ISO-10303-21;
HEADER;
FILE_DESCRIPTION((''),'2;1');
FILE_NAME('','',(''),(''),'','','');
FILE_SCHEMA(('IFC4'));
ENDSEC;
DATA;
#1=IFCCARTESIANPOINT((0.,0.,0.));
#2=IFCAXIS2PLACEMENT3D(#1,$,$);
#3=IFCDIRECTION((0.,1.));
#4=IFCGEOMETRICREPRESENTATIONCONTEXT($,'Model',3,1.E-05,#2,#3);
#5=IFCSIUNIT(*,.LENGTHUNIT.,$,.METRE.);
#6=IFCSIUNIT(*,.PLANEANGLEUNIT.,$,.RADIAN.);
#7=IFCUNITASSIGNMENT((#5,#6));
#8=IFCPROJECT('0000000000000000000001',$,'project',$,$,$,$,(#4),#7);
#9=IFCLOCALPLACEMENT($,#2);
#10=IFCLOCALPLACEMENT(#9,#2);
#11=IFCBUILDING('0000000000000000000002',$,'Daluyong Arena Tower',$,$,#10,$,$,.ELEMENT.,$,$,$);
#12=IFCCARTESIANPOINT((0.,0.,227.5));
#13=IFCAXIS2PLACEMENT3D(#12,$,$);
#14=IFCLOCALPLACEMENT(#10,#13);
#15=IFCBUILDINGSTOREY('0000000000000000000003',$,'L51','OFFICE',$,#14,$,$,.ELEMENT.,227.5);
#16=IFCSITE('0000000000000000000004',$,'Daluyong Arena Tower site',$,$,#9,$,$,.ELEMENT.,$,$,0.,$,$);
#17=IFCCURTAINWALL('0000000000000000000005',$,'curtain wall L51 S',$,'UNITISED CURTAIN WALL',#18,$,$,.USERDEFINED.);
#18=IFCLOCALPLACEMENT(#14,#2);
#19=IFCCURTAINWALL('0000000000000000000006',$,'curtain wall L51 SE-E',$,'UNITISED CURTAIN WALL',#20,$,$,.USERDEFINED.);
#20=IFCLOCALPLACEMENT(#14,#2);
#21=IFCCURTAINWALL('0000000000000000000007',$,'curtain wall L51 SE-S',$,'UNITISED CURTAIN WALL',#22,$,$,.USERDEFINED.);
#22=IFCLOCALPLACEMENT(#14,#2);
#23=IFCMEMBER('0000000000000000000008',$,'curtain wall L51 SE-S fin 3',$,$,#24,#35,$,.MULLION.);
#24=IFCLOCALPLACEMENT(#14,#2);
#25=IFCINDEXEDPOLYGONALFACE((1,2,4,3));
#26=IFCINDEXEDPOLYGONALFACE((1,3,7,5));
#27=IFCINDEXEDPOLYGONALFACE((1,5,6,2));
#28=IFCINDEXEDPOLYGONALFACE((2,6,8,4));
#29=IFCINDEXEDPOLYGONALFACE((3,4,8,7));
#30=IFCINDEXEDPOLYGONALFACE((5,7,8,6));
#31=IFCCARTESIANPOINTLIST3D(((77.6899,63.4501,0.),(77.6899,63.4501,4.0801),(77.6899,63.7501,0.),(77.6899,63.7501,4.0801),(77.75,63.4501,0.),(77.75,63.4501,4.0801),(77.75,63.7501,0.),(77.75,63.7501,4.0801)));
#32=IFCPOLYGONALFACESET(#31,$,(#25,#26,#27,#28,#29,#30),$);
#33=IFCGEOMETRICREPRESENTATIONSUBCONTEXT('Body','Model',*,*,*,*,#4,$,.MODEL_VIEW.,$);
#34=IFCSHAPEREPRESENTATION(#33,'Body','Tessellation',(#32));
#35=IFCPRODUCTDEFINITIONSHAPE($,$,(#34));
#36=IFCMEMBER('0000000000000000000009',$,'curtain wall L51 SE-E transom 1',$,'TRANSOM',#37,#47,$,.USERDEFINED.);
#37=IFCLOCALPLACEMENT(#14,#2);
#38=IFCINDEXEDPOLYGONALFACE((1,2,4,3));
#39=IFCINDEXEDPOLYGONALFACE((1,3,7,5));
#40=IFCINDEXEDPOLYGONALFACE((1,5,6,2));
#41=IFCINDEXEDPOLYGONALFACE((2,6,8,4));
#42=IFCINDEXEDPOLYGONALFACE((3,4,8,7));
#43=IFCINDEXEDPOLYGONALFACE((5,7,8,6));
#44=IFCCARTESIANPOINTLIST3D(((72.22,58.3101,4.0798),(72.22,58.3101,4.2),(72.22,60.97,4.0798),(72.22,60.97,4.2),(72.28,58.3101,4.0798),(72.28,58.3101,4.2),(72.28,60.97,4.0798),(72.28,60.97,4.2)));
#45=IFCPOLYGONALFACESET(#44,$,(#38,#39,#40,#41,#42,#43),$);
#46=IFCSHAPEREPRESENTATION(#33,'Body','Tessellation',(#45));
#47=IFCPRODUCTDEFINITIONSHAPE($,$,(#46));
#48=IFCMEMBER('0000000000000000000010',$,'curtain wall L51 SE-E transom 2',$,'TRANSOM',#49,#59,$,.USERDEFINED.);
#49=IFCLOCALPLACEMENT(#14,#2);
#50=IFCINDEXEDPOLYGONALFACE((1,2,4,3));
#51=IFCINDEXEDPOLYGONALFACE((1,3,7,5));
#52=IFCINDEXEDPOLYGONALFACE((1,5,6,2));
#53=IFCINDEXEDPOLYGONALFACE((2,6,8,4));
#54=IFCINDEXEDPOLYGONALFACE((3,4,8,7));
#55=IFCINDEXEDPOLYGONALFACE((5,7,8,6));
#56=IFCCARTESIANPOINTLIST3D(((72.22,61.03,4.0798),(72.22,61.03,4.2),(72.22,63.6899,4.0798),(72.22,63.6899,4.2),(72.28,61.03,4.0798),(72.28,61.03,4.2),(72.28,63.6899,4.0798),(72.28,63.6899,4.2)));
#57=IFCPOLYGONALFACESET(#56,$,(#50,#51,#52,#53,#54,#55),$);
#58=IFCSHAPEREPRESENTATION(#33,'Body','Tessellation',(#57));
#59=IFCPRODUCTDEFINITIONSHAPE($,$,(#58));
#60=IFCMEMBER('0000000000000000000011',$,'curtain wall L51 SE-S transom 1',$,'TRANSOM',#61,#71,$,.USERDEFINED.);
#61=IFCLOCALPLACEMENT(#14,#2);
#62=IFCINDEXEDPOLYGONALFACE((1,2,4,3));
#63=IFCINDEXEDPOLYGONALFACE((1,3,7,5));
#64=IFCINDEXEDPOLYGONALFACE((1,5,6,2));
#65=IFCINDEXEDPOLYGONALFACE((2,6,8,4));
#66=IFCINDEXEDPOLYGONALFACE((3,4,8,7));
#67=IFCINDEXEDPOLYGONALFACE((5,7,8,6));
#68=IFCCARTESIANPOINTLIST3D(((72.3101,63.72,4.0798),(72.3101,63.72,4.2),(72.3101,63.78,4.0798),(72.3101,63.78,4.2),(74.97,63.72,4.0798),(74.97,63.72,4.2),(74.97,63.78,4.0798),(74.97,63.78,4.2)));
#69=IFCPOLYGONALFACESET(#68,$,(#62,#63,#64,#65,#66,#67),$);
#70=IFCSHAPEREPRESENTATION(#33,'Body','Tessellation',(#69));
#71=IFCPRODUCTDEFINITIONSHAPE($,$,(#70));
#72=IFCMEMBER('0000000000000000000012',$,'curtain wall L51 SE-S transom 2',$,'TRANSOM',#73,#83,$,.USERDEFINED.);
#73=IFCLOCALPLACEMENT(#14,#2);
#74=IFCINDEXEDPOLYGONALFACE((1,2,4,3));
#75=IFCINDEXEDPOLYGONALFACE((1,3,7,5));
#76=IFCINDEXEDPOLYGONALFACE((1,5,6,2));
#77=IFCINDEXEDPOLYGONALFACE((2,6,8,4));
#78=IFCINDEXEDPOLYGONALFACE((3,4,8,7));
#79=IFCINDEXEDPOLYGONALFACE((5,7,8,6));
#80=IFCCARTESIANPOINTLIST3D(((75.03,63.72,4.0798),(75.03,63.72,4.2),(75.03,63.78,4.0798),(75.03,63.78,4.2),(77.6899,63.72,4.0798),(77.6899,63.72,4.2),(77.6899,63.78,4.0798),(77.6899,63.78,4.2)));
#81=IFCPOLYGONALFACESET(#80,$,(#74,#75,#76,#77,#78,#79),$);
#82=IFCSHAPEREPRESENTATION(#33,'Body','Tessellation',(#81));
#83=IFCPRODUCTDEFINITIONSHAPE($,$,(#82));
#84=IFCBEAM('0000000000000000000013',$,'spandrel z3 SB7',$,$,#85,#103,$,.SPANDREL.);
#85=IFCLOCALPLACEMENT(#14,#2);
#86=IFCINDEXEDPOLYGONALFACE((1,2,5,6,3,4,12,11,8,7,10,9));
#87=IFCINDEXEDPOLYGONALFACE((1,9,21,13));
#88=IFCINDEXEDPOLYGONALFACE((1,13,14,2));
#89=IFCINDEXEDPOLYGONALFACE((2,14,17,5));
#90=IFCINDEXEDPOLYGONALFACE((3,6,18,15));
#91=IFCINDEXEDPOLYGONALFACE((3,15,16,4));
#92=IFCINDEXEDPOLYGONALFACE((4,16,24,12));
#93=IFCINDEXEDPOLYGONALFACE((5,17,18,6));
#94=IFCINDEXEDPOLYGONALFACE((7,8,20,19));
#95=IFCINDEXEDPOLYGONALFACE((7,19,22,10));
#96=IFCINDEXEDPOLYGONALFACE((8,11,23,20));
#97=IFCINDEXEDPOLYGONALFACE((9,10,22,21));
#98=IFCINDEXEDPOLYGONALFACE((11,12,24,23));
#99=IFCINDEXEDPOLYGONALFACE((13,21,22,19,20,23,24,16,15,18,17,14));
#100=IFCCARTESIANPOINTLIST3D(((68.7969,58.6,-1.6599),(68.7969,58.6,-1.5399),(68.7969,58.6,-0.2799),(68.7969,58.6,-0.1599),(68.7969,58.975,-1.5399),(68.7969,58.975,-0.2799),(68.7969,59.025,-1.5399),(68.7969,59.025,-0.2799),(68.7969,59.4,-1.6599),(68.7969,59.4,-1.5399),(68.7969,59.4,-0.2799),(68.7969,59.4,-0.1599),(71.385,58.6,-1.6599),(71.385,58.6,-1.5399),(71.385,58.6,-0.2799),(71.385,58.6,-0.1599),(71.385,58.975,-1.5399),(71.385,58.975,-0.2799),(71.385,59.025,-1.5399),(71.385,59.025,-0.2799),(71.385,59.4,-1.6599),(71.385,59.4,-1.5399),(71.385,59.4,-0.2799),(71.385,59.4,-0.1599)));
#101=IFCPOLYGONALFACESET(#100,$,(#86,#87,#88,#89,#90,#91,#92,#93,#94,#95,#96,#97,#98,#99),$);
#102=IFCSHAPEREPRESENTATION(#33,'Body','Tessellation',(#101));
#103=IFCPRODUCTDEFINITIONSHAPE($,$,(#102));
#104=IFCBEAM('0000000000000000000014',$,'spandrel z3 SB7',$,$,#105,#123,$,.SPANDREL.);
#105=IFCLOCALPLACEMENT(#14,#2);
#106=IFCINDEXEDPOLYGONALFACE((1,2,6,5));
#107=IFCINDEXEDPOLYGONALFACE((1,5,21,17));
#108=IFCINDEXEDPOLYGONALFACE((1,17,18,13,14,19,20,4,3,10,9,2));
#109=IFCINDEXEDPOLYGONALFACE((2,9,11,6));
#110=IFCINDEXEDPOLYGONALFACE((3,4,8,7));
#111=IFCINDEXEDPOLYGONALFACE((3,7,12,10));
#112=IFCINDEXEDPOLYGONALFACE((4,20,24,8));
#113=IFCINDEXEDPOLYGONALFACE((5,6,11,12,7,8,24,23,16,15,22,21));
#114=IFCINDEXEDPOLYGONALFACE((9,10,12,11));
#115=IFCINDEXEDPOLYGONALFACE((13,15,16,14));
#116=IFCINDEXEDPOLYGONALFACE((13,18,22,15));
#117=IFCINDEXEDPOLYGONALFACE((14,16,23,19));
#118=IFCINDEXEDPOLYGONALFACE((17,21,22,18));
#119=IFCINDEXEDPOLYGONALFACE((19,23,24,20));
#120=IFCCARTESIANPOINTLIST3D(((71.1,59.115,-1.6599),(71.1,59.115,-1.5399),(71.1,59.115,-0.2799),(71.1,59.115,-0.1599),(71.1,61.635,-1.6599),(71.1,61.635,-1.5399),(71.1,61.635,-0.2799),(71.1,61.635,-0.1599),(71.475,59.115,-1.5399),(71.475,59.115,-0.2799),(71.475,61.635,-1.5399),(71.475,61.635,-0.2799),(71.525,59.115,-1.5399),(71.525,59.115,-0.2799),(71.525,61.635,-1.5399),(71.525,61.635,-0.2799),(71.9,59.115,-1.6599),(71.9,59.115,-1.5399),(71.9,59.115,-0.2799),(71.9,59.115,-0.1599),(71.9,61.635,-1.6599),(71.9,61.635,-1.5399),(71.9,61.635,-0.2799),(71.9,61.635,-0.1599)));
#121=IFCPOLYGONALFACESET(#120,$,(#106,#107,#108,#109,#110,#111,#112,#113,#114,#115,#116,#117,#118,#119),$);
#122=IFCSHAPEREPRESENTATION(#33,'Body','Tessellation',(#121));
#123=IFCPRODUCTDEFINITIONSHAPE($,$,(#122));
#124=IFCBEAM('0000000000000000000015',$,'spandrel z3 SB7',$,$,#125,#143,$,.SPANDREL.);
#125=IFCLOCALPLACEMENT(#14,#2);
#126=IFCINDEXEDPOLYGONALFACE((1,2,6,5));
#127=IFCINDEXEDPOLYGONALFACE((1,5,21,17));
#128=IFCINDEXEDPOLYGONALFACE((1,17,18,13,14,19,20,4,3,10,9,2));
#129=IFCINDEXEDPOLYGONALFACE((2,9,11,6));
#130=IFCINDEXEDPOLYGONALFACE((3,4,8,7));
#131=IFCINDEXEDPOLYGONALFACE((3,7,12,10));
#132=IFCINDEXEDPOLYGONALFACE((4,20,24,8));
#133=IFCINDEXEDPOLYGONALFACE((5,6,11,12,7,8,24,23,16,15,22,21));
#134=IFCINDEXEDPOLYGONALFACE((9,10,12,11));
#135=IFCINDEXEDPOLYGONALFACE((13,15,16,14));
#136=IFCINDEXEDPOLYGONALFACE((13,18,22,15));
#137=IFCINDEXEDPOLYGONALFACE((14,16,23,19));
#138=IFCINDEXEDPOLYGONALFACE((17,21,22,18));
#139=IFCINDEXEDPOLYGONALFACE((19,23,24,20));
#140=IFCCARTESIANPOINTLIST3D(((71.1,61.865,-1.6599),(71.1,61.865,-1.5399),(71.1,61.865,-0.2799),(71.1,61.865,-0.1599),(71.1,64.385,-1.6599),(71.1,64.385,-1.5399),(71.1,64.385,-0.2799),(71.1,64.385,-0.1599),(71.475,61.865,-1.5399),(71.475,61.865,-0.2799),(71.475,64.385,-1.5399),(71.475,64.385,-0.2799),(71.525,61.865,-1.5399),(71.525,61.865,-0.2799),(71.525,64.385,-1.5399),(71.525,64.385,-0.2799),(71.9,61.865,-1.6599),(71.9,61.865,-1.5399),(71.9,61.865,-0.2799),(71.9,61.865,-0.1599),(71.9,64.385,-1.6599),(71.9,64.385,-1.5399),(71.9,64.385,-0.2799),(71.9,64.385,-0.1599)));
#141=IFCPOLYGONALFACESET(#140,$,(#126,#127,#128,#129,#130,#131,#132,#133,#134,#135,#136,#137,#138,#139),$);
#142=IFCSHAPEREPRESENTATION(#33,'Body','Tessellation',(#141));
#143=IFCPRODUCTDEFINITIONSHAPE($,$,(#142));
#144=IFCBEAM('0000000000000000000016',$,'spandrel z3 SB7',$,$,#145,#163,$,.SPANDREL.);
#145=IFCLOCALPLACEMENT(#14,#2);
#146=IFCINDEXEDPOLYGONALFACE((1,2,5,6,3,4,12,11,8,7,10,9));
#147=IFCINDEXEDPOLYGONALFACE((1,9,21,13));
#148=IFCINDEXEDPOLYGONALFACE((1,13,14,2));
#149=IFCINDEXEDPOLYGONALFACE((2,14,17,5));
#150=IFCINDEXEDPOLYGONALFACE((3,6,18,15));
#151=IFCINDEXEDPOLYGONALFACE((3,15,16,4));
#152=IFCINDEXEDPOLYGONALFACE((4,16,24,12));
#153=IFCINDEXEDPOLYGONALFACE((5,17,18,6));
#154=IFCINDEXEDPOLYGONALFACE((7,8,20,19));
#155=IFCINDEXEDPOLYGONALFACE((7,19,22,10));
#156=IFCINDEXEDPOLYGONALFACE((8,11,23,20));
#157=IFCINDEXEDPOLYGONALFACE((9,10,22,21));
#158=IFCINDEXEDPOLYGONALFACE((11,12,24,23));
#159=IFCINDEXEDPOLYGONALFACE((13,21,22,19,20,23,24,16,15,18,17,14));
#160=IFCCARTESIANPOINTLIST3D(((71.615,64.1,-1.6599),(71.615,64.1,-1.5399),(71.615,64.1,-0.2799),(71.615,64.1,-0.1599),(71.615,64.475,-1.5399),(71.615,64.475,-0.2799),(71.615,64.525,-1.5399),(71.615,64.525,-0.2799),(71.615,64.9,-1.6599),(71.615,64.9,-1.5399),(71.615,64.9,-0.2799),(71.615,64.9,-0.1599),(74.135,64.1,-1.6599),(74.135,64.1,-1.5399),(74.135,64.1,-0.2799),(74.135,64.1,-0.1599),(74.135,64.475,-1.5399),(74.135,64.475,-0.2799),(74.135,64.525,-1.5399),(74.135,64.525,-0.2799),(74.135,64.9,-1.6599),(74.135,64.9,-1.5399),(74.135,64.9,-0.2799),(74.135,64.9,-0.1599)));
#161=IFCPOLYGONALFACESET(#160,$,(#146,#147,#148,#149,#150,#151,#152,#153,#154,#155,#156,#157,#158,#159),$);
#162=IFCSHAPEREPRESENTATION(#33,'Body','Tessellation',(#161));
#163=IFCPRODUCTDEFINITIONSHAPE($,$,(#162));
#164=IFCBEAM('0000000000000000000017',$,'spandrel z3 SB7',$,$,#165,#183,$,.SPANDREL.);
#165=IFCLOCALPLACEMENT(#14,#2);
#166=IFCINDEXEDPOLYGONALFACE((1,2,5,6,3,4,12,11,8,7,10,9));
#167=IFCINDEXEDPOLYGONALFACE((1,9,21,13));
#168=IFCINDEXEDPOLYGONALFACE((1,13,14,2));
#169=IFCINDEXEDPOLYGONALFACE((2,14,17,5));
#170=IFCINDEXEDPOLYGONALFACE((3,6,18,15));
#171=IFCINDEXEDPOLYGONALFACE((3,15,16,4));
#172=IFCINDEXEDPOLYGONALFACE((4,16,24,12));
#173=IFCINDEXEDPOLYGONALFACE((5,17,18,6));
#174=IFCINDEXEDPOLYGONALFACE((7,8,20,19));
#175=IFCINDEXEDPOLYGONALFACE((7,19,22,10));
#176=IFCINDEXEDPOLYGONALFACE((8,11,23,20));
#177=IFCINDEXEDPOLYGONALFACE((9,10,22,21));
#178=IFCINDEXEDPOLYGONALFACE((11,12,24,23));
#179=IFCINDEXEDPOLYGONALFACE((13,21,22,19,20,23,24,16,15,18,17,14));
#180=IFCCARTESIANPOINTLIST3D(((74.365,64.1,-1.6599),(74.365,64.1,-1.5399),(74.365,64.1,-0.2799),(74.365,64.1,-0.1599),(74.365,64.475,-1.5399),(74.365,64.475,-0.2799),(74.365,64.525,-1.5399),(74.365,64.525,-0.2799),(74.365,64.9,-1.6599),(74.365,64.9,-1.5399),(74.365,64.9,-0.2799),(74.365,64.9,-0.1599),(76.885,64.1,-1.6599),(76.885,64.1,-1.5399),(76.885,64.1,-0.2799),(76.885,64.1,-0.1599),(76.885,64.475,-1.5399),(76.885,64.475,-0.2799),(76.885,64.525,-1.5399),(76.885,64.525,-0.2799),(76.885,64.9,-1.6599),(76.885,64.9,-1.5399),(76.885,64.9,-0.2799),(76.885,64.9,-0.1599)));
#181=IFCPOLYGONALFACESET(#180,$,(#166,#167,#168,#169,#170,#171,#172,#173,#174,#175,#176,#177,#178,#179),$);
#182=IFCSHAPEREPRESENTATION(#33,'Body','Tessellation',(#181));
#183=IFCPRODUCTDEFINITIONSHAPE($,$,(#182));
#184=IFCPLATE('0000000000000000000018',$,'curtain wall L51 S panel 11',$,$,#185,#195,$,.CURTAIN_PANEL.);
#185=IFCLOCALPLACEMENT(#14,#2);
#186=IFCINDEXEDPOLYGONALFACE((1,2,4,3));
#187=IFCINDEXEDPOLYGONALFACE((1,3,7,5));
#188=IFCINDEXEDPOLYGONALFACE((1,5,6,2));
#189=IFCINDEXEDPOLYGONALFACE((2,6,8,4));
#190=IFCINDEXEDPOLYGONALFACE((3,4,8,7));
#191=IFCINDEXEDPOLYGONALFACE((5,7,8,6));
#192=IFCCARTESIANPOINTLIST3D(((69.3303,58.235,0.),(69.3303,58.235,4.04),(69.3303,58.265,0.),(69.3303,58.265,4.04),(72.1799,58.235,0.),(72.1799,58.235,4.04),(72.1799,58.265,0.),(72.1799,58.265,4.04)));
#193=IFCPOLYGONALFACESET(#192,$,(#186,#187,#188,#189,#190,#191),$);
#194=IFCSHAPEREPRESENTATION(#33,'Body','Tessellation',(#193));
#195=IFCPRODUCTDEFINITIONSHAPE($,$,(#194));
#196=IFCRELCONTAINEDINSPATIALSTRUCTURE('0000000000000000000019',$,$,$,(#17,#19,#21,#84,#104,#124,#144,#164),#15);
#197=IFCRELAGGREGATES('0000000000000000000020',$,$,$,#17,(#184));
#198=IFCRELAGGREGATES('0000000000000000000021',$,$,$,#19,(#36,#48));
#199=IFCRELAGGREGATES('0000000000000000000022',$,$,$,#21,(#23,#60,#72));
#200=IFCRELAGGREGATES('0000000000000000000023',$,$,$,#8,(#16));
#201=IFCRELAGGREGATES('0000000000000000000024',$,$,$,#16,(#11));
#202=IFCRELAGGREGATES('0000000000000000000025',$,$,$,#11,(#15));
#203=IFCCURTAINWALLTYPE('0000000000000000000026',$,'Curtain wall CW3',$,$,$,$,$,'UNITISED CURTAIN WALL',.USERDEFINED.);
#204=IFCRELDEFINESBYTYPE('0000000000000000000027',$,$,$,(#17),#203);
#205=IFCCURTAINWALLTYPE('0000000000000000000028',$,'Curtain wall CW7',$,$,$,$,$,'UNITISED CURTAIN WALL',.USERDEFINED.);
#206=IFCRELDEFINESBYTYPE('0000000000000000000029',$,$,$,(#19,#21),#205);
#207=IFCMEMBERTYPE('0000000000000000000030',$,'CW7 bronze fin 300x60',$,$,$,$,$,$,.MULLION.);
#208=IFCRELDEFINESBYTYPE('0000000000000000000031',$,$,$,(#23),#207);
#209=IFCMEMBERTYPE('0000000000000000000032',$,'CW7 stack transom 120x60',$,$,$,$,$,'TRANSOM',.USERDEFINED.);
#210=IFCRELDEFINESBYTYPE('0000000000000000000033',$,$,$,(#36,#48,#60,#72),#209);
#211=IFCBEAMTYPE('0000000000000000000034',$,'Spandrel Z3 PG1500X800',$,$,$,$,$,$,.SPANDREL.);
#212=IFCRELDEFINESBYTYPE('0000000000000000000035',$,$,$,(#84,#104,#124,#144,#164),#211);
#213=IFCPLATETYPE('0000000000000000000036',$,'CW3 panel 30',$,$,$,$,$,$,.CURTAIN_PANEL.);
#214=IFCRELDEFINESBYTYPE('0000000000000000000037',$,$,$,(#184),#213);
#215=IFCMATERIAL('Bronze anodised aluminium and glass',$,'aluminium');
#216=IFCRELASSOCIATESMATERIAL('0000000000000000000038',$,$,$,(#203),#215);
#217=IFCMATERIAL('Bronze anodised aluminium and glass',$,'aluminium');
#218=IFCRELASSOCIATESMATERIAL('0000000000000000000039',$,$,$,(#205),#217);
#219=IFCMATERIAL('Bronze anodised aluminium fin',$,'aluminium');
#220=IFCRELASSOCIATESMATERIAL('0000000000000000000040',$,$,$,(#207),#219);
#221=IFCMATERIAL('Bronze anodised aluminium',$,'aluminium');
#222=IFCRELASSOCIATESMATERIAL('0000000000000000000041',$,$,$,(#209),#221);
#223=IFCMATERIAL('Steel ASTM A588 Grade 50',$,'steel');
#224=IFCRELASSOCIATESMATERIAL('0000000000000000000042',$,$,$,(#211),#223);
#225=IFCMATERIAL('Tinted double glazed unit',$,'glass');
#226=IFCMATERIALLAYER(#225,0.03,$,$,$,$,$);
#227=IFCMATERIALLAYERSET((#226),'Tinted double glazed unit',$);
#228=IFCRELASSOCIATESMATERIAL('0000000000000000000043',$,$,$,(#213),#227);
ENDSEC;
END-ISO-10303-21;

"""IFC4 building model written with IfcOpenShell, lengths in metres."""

from ifc_helpers import new_model, si_unit, direction, frame, origin, origin_2d, place, context, subcontext, project, spatial, rectangle, i_section, extrude, material, layer, layer_set, material_profile, profile_set, type_object, element, aggregate, save


model = new_model("IFC4")

# Units and contexts
model_context = context("Model", 3, precision=1e-05, world=origin(), true_north=direction((0.0, 1.0)))
body_context = subcontext(model_context, "Body", "Model", "MODEL_VIEW")
ifc_project = project(units=[si_unit("LENGTHUNIT", "METRE"), si_unit("PLANEANGLEUNIT", "RADIAN")], contexts=[model_context])

# Site, building, storey
site_placement = place(None, origin())
site = spatial("IfcSite", under=ifc_project, at=site_placement, Name="Daluyong Arena Tower site", CompositionType="ELEMENT", RefElevation=0.0)
building_placement = place(site_placement, origin())
building = spatial("IfcBuilding", under=site, at=building_placement, Name="Daluyong Arena Tower", CompositionType="ELEMENT")
storey_placement = place(building_placement, frame((0.0, 0.0, 227.5)))
storey = spatial("IfcBuildingStorey", under=building, at=storey_placement, Name="L51", Description="OFFICE", CompositionType="ELEMENT", Elevation=227.5)

# Curtain wall
ifc_material_1 = material(Name="Bronze anodised aluminium and glass", Category="aluminium")
curtain_wall_type_1 = type_object("IfcCurtainWallType", Name="Curtain wall CW3", ElementType="UNITISED CURTAIN WALL", PredefinedType="USERDEFINED", material=ifc_material_1)
curtain_wall_1_placement = place(storey_placement, origin())
curtain_wall_1 = element("IfcCurtainWall", 1, at=curtain_wall_1_placement, inside=storey, type_object=curtain_wall_type_1, Name="curtain wall L51 S", ObjectType="UNITISED CURTAIN WALL", PredefinedType="USERDEFINED")

# Curtain walls, member
ifc_material_2 = material(Name="Bronze anodised aluminium and glass", Category="aluminium")
curtain_wall_type_2 = type_object("IfcCurtainWallType", Name="Curtain wall CW7", ElementType="UNITISED CURTAIN WALL", PredefinedType="USERDEFINED", material=ifc_material_2)
curtain_wall_2_placement = place(storey_placement, origin())
curtain_wall_2 = element("IfcCurtainWall", 2, at=curtain_wall_2_placement, inside=storey, type_object=curtain_wall_type_2, Name="curtain wall L51 SE-E", ObjectType="UNITISED CURTAIN WALL", PredefinedType="USERDEFINED")
ifc_material_3 = material(Name="Bronze anodised aluminium fin", Category="aluminium")
ifc_material_profile_1 = material_profile(ifc_material_3, rectangle(XDim=0.3, YDim=0.0601, at=origin_2d()))
ifc_profile_set_1 = profile_set([ifc_material_profile_1], Name="Bronze anodised aluminium fin")
member_type_1 = type_object("IfcMemberType", Name="CW7 bronze fin 300x60", PredefinedType="MULLION", material=ifc_profile_set_1)
curtain_wall_3_placement = place(storey_placement, origin())
curtain_wall_3 = element("IfcCurtainWall", 3, at=curtain_wall_3_placement, inside=storey, type_object=curtain_wall_type_2, Name="curtain wall L51 SE-S", ObjectType="UNITISED CURTAIN WALL", PredefinedType="USERDEFINED")
member_1_placement = place(storey_placement, frame((77.72, 63.6001, 0.0), z_axis=(0.0, 0.0, 1.0), x_axis=(0.0, 1.0, 0.0)))
member_1 = element("IfcMember", 4, at=member_1_placement, type_object=member_type_1, Name="curtain wall L51 SE-S fin 3", PredefinedType="MULLION", context=body_context, shape_type="SweptSolid", body=[
    extrude(rectangle(XDim=0.3, YDim=0.0601, at=origin_2d()), origin(), (0.0, 0.0, 1.0), 4.0801),
])

# Members
ifc_material_4 = material(Name="Bronze anodised aluminium", Category="aluminium")
ifc_material_profile_2 = material_profile(ifc_material_4, rectangle(XDim=0.0601, YDim=0.1201, at=origin_2d()))
ifc_profile_set_2 = profile_set([ifc_material_profile_2], Name="Bronze anodised aluminium")
member_type_2 = type_object("IfcMemberType", Name="CW7 stack transom 120x60", ElementType="TRANSOM", PredefinedType="USERDEFINED", material=ifc_profile_set_2)
member_2_placement = place(storey_placement, frame((72.25, 58.3101, 4.1399), z_axis=(0.0, 1.0, 0.0), x_axis=(-1.0, 0.0, 0.0)))
member_2 = element("IfcMember", 5, at=member_2_placement, type_object=member_type_2, Name="curtain wall L51 SE-E transom 1", ObjectType="TRANSOM", PredefinedType="USERDEFINED", context=body_context, shape_type="SweptSolid", body=[
    extrude(rectangle(XDim=0.0601, YDim=0.1201, at=origin_2d()), origin(), (0.0, 0.0, 1.0), 2.6599),
])
member_3_placement = place(storey_placement, frame((72.25, 61.03, 4.1399), z_axis=(0.0, 1.0, 0.0), x_axis=(-1.0, 0.0, 0.0)))
member_3 = element("IfcMember", 6, at=member_3_placement, type_object=member_type_2, Name="curtain wall L51 SE-E transom 2", ObjectType="TRANSOM", PredefinedType="USERDEFINED", context=body_context, shape_type="SweptSolid", body=[
    extrude(rectangle(XDim=0.0601, YDim=0.1201, at=origin_2d()), origin(), (0.0, 0.0, 1.0), 2.6599),
])
member_4_placement = place(storey_placement, frame((72.3101, 63.75, 4.1399), z_axis=(1.0, 0.0, 0.0), x_axis=(0.0, 1.0, 0.0)))
member_4 = element("IfcMember", 7, at=member_4_placement, type_object=member_type_2, Name="curtain wall L51 SE-S transom 1", ObjectType="TRANSOM", PredefinedType="USERDEFINED", context=body_context, shape_type="SweptSolid", body=[
    extrude(rectangle(XDim=0.0601, YDim=0.1201, at=origin_2d()), origin(), (0.0, 0.0, 1.0), 2.6599),
])
member_5_placement = place(storey_placement, frame((75.03, 63.75, 4.1399), z_axis=(1.0, 0.0, 0.0), x_axis=(0.0, 1.0, 0.0)))
member_5 = element("IfcMember", 8, at=member_5_placement, type_object=member_type_2, Name="curtain wall L51 SE-S transom 2", ObjectType="TRANSOM", PredefinedType="USERDEFINED", context=body_context, shape_type="SweptSolid", body=[
    extrude(rectangle(XDim=0.0601, YDim=0.1201, at=origin_2d()), origin(), (0.0, 0.0, 1.0), 2.6599),
])

# Beams
ifc_material_5 = material(Name="Steel ASTM A588 Grade 50", Category="steel")
ifc_material_profile_3 = material_profile(ifc_material_5, i_section(OverallWidth=0.8, OverallDepth=1.5, WebThickness=0.05, FlangeThickness=0.12, at=origin_2d()))
ifc_profile_set_3 = profile_set([ifc_material_profile_3], Name="Steel ASTM A588 Grade 50")
beam_type = type_object("IfcBeamType", Name="Spandrel Z3 PG1500X800", PredefinedType="SPANDREL", material=ifc_profile_set_3)
beam_placement = place(storey_placement, frame((68.7969, 59.0, -0.9099), z_axis=(1.0, 0.0, 0.0), x_axis=(0.0, 1.0, 0.0)))
element("IfcBeam", 9, at=beam_placement, inside=storey, type_object=beam_type, Name="spandrel z3 SB7", PredefinedType="SPANDREL", context=body_context, shape_type="SweptSolid", body=[
    extrude(i_section(OverallWidth=0.8, OverallDepth=1.5, WebThickness=0.05, FlangeThickness=0.12, at=origin_2d()), origin(), (0.0, 0.0, 1.0), 2.5881),
])
for number, where, z_axis, x_axis, name in (
    (10, (71.5, 59.115, -0.9099), (0.0, 1.0, 0.0), (-1.0, 0.0, 0.0), "spandrel z3 SB7"),
    (11, (71.5, 61.865, -0.9099), (0.0, 1.0, 0.0), (-1.0, 0.0, 0.0), "spandrel z3 SB7"),
    (12, (71.615, 64.5, -0.9099), (1.0, 0.0, 0.0), (0.0, 1.0, 0.0), "spandrel z3 SB7"),
    (13, (74.365, 64.5, -0.9099), (1.0, 0.0, 0.0), (0.0, 1.0, 0.0), "spandrel z3 SB7"),
):
    element("IfcBeam", number, at=place(storey_placement, frame(where, z_axis=z_axis, x_axis=x_axis)), inside=storey, type_object=beam_type, Name=name, PredefinedType="SPANDREL", context=body_context, shape_type="SweptSolid", body=[
        extrude(i_section(OverallWidth=0.8, OverallDepth=1.5, WebThickness=0.05, FlangeThickness=0.12, at=origin_2d()), origin(), (0.0, 0.0, 1.0), 2.52),
    ])

# Plate
ifc_material_6 = material(Name="Tinted double glazed unit", Category="glass")
ifc_layer_1 = layer(ifc_material_6, 0.03)
ifc_layer_set_1 = layer_set([ifc_layer_1], Name="Tinted double glazed unit")
plate_type_1 = type_object("IfcPlateType", Name="CW3 panel 30", PredefinedType="CURTAIN_PANEL", material=ifc_layer_set_1)
plate_1_placement = place(storey_placement, frame((70.7551, 58.25, 0.0), z_axis=(0.0, 0.0, 1.0), x_axis=(1.0, 0.0, 0.0)))
plate_1 = element("IfcPlate", 14, at=plate_1_placement, type_object=plate_type_1, Name="curtain wall L51 S panel 11", PredefinedType="CURTAIN_PANEL", context=body_context, shape_type="SweptSolid", body=[
    extrude(rectangle(XDim=2.8496, YDim=0.03, at=origin_2d()), origin(), (0.0, 0.0, 1.0), 4.04),
])
aggregate(curtain_wall_1, [plate_1])
aggregate(curtain_wall_2, [member_2, member_3])
aggregate(curtain_wall_3, [member_1, member_4, member_5])

save(model, "model.ifc")
